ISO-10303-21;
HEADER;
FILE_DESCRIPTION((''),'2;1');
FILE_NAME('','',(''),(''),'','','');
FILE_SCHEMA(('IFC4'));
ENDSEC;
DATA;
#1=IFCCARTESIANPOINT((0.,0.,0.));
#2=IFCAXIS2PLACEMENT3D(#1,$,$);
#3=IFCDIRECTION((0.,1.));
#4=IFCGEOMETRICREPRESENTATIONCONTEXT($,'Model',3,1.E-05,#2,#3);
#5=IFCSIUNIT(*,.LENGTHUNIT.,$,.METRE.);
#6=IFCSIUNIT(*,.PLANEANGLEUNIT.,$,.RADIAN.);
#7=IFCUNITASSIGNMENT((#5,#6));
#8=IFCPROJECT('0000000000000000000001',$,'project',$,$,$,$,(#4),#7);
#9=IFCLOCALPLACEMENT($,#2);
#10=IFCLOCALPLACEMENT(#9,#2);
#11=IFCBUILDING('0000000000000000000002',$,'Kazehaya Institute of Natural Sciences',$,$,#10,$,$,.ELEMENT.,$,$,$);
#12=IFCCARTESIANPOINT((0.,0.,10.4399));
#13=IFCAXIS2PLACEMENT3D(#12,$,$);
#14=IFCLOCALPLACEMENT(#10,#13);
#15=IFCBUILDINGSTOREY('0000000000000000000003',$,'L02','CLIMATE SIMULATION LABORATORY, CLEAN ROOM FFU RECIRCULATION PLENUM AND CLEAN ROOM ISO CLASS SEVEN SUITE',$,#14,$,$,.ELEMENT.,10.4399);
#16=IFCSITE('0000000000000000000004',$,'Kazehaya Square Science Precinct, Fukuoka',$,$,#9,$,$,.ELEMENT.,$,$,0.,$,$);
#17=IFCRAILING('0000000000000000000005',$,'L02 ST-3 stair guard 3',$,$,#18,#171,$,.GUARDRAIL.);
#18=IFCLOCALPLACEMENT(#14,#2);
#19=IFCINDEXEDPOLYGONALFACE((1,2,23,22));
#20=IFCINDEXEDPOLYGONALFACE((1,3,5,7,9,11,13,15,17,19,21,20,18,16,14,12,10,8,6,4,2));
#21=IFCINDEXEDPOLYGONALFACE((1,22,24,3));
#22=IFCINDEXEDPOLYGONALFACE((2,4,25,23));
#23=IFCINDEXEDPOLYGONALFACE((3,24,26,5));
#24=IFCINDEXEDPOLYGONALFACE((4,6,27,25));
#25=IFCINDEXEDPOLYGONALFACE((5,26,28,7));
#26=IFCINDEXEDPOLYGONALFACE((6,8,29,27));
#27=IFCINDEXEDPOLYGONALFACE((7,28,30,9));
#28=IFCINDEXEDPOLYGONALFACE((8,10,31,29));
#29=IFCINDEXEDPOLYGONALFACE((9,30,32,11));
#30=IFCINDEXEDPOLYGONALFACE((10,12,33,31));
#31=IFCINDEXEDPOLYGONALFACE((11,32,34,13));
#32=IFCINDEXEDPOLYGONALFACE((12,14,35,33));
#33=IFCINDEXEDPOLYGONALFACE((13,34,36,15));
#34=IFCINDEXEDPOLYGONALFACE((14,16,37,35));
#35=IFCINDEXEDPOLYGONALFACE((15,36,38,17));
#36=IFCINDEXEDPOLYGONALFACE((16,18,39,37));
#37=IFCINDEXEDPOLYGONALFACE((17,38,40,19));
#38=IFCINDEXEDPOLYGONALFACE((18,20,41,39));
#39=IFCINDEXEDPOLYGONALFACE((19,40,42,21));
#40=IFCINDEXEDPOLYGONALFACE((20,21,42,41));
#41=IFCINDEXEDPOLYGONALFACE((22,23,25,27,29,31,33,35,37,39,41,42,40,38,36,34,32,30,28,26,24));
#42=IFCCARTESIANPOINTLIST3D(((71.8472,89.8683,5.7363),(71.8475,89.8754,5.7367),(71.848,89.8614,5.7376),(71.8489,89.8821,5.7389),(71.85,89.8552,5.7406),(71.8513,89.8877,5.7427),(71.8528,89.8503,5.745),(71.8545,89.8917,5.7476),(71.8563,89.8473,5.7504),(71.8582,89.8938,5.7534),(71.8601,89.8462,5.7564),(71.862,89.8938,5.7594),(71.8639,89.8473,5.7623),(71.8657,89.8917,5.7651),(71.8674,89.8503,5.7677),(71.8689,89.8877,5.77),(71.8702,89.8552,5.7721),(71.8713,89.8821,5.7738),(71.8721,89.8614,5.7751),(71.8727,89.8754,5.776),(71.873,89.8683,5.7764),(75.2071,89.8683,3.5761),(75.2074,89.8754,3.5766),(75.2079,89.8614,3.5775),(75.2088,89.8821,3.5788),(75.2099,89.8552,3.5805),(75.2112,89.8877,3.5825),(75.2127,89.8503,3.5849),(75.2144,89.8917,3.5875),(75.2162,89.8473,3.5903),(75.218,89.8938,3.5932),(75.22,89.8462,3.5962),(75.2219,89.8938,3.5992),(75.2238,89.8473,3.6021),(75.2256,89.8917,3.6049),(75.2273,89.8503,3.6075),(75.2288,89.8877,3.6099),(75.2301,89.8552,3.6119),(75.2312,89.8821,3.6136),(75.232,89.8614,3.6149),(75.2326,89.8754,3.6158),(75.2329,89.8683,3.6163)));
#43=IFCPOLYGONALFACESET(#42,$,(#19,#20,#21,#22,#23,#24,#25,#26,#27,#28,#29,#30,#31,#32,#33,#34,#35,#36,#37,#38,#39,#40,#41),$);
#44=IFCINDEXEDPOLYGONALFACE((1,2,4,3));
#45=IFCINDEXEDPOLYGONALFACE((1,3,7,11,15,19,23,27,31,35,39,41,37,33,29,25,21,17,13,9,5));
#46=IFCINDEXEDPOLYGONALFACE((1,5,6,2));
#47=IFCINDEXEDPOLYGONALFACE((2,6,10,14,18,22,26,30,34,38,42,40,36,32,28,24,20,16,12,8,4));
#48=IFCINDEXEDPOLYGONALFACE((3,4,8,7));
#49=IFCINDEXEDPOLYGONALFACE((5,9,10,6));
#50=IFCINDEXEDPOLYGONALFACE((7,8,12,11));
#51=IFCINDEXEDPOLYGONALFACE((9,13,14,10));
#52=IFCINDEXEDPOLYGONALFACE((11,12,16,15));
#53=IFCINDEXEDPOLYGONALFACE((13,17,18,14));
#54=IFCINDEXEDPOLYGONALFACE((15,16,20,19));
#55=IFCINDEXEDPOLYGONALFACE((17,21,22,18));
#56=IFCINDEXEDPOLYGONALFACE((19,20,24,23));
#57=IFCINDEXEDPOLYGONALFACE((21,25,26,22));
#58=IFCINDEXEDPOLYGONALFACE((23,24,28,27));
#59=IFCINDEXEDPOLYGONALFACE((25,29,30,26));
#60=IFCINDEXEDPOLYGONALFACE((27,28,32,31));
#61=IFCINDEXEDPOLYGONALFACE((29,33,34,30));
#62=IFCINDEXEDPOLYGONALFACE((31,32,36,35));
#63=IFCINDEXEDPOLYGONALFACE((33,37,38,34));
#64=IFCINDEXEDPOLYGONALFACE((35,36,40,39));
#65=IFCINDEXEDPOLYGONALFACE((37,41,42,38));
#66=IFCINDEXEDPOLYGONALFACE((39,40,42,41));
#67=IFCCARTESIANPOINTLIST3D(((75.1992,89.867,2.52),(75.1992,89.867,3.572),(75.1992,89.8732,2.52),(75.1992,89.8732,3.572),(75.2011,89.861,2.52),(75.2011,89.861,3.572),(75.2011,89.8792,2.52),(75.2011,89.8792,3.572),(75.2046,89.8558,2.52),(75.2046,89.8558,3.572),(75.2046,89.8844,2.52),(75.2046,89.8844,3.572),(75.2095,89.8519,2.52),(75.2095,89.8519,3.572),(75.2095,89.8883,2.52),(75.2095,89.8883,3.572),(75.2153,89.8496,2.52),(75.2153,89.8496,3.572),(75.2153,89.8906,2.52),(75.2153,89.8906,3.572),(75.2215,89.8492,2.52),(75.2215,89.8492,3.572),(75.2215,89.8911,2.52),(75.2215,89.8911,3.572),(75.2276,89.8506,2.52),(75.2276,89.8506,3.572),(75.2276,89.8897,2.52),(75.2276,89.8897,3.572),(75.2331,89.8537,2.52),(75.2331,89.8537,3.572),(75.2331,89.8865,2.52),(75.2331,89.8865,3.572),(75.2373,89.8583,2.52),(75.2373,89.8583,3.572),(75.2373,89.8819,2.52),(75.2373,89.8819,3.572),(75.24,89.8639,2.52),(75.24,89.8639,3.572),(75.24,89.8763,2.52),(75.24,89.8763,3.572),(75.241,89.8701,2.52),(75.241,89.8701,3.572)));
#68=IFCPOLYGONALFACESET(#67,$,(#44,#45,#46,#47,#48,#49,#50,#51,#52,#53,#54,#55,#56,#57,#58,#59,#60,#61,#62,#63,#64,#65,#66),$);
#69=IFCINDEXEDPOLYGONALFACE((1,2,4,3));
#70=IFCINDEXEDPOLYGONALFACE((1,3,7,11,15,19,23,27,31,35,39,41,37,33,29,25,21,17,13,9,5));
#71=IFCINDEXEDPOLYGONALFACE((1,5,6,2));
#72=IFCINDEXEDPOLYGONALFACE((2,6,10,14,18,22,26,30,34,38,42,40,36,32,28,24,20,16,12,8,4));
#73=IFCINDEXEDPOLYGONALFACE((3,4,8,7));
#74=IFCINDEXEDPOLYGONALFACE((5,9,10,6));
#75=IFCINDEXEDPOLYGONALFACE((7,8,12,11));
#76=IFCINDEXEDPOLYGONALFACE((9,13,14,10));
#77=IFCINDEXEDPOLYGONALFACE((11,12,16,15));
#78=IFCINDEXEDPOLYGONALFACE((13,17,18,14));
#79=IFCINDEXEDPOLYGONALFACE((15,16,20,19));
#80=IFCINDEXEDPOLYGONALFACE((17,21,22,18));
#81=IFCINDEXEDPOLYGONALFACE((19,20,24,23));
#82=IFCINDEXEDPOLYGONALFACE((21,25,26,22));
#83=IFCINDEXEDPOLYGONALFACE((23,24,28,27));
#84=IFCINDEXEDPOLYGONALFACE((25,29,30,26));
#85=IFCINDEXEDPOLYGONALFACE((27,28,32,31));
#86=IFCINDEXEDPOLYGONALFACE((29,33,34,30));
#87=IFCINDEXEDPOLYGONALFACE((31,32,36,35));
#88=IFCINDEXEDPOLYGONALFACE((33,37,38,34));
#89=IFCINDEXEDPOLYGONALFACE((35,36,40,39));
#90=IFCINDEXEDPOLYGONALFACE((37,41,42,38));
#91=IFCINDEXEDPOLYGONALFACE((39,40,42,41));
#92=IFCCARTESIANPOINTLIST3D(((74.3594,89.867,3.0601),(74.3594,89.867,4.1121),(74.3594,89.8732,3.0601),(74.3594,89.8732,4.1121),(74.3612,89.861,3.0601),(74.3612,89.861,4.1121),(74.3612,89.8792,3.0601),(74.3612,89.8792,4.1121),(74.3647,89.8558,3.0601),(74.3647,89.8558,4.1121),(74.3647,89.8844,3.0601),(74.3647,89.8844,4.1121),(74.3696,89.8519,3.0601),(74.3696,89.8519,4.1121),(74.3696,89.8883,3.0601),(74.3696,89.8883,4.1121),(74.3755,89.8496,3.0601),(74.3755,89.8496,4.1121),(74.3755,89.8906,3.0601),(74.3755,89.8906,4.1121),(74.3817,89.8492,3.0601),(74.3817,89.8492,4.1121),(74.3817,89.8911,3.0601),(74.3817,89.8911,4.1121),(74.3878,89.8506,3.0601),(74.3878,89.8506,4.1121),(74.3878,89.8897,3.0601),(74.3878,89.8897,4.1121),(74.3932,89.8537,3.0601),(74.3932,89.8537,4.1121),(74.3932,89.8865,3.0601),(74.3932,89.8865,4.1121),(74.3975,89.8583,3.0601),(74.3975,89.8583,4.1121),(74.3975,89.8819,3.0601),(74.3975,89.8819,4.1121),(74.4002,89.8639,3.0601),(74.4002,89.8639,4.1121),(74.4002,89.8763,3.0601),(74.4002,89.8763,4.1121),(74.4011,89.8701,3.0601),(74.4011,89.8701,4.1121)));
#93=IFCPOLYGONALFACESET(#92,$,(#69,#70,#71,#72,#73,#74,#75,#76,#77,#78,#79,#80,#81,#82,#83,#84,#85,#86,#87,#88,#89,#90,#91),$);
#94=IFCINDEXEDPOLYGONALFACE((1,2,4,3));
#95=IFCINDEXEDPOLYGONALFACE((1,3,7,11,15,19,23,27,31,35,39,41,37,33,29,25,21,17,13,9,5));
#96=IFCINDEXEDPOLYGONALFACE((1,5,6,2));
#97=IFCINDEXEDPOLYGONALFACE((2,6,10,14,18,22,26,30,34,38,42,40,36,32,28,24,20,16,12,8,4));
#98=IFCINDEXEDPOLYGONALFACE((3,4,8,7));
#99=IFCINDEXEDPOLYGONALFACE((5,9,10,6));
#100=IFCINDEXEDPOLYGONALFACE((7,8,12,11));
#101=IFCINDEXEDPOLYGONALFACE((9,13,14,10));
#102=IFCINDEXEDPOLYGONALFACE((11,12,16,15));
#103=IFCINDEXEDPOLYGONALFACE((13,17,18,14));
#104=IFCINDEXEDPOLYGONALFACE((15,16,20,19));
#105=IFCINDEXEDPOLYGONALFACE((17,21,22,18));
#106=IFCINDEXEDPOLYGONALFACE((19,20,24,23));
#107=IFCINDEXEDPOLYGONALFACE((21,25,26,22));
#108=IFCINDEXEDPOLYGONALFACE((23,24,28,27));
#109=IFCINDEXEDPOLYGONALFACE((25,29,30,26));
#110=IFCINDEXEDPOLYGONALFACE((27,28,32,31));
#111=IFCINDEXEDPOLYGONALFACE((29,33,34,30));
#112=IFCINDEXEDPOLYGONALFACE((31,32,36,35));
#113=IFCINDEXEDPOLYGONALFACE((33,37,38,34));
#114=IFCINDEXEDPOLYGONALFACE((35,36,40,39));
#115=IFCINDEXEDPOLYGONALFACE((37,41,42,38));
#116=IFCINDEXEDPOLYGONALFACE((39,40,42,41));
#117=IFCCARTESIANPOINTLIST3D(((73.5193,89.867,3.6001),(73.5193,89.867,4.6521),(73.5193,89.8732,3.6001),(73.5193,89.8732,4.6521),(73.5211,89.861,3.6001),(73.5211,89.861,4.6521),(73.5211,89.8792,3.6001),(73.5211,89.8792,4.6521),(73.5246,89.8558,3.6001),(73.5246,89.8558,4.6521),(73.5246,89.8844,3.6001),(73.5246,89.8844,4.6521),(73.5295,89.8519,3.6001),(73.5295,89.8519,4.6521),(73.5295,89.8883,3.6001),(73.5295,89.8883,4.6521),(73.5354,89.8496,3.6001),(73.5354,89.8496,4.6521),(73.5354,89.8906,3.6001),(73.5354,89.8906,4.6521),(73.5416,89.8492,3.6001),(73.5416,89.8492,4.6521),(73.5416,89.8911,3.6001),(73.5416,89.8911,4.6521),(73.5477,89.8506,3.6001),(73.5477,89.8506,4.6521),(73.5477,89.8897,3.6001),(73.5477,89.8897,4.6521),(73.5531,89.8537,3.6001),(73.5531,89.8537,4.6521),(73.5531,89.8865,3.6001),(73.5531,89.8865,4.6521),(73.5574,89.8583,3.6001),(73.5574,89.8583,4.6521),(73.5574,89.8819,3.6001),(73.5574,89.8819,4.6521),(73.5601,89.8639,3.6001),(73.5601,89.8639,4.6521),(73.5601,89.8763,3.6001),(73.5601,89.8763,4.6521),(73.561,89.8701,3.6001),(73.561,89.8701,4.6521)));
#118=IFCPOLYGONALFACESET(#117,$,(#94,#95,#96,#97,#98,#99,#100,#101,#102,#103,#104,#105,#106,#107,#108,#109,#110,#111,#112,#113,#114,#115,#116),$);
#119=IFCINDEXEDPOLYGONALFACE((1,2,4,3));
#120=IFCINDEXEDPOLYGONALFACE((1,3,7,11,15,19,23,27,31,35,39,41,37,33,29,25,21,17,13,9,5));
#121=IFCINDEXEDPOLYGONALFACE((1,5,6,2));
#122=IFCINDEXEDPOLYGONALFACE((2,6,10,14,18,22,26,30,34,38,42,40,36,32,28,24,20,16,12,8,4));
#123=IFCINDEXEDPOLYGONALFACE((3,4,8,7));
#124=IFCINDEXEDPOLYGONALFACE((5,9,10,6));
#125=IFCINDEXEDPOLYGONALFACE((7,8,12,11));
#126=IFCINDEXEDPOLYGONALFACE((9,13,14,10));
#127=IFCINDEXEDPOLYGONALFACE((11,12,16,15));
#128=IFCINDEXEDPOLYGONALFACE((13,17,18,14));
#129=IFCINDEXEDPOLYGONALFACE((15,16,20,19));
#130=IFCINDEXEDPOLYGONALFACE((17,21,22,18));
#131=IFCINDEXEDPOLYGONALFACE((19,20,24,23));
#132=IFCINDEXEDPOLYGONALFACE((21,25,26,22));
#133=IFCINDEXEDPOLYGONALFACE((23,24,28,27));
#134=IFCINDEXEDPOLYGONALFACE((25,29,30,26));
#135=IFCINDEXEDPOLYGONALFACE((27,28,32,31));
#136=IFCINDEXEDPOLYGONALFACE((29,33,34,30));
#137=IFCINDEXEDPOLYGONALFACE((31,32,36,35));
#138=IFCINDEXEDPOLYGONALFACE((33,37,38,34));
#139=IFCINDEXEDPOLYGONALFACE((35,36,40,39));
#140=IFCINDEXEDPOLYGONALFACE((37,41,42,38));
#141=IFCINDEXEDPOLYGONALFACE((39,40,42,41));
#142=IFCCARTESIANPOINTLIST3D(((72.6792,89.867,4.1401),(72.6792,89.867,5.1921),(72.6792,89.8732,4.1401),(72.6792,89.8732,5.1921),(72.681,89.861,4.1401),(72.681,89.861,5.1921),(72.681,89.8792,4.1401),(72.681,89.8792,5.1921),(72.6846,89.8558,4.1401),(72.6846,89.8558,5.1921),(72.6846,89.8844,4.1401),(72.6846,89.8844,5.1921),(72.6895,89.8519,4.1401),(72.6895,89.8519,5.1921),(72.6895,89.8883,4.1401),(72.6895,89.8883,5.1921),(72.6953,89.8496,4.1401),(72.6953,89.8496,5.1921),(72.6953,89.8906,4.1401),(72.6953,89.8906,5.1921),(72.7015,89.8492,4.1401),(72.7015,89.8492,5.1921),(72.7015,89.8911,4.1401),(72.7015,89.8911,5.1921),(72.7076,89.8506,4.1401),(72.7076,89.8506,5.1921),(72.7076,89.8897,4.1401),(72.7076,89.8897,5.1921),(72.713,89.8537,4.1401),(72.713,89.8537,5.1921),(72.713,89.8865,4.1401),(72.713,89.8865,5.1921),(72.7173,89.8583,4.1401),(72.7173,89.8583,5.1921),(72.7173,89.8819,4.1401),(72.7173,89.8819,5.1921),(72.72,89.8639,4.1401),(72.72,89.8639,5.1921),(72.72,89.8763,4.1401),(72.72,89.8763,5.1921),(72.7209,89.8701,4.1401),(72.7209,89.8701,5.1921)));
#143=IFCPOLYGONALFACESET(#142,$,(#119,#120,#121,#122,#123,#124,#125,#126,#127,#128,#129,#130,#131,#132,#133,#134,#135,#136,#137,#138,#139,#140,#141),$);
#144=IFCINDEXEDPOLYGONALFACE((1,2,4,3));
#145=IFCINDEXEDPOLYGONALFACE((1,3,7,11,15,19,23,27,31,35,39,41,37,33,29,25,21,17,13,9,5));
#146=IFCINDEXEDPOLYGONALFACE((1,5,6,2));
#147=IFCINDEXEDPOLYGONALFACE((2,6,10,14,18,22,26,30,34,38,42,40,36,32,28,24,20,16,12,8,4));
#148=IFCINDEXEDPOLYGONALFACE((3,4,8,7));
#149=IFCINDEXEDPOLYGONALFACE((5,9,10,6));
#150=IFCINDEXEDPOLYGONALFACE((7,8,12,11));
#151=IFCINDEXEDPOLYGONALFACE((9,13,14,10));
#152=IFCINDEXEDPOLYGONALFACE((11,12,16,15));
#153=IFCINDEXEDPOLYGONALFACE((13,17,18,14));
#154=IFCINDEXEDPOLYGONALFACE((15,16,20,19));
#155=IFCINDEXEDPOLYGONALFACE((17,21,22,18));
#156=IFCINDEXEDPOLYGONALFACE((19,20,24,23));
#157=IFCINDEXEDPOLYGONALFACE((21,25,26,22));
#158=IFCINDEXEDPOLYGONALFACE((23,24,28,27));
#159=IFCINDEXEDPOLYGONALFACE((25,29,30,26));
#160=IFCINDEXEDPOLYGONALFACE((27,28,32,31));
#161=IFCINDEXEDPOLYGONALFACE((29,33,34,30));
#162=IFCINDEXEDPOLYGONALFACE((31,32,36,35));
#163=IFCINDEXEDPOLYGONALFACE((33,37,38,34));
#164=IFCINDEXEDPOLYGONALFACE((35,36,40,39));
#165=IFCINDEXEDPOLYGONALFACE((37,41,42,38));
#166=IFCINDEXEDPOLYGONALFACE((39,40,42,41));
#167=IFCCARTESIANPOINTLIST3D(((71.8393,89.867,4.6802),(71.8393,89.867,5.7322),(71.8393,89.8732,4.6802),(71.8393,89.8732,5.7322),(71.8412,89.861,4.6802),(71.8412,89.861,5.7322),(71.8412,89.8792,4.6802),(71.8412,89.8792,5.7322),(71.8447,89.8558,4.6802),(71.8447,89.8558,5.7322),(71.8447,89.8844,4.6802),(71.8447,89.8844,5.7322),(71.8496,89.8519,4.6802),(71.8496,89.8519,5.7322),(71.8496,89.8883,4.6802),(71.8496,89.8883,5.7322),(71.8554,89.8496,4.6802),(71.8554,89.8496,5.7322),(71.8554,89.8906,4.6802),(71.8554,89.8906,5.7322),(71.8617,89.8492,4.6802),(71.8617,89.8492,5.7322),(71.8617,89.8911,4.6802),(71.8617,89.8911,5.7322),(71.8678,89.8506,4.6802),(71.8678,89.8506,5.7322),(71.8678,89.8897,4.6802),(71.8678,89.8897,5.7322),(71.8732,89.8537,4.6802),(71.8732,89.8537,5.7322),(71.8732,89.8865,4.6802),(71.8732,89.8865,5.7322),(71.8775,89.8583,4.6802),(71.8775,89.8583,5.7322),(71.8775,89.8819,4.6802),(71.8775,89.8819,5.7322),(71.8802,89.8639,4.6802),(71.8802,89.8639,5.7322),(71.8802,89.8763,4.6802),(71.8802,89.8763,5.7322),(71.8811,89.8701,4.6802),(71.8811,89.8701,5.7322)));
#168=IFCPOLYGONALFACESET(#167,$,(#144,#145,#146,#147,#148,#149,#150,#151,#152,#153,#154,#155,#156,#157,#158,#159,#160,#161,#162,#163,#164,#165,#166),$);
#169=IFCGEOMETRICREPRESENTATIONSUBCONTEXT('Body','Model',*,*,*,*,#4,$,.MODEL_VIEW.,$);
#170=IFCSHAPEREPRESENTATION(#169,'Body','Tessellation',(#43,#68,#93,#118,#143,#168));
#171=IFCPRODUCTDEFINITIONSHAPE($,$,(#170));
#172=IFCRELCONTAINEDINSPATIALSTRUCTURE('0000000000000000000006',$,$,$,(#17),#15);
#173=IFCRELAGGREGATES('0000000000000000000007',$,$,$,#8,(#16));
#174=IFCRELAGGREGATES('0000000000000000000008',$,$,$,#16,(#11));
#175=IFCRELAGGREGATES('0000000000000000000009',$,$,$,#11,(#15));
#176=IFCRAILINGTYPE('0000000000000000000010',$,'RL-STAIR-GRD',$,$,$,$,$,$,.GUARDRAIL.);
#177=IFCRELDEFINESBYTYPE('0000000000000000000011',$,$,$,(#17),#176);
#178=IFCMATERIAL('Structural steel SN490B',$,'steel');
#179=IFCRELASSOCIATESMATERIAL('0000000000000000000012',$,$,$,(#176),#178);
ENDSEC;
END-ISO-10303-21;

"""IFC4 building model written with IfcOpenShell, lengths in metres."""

from ifc_helpers import new_model, si_unit, direction, frame, origin, origin_2d, place, context, subcontext, project, spatial, circle, extrude, material, type_object, element, save


model = new_model("IFC4")

# Units and contexts
model_context = context("Model", 3, precision=1e-05, world=origin(), true_north=direction((0.0, 1.0)))
body_context = subcontext(model_context, "Body", "Model", "MODEL_VIEW")
ifc_project = project(units=[si_unit("LENGTHUNIT", "METRE"), si_unit("PLANEANGLEUNIT", "RADIAN")], contexts=[model_context])

# Site, building, storey
site_placement = place(None, origin())
site = spatial("IfcSite", under=ifc_project, at=site_placement, Name="Kazehaya Square Science Precinct, Fukuoka", CompositionType="ELEMENT", RefElevation=0.0)
building_placement = place(site_placement, origin())
building = spatial("IfcBuilding", under=site, at=building_placement, Name="Kazehaya Institute of Natural Sciences", CompositionType="ELEMENT")
storey_placement = place(building_placement, frame((0.0, 0.0, 10.4399)))
storey = spatial("IfcBuildingStorey", under=building, at=storey_placement, Name="L02", Description="CLIMATE SIMULATION LABORATORY, CLEAN ROOM FFU RECIRCULATION PLENUM AND CLEAN ROOM ISO CLASS SEVEN SUITE", CompositionType="ELEMENT", Elevation=10.4399)

# Railing
ifc_material_1 = material(Name="Structural steel SN490B", Category="steel")
railing_type = type_object("IfcRailingType", Name="RL-STAIR-GRD", PredefinedType="GUARDRAIL", material=ifc_material_1)
railing_placement = place(storey_placement, frame((75.22, 89.8701, 2.52)))
element("IfcRailing", 1, at=railing_placement, inside=storey, type_object=railing_type, Name="L02 ST-3 stair guard 3", PredefinedType="GUARDRAIL", context=body_context, shape_type="SweptSolid", body=[
    extrude(circle(Radius=0.0239, at=origin_2d()), frame((0.0, 0.0, 1.0762), z_axis=(-0.841151, 0.0, 0.540801), x_axis=(0.0, -1.0, 0.0)), (0.0, 0.0, 1.0), 3.9944),
    extrude(circle(Radius=0.021, at=origin_2d()), origin(), (0.0, 0.0, 1.0), 1.052),
    extrude(circle(Radius=0.021, at=origin_2d()), frame((-0.8398, 0.0, 0.54)), (0.0, 0.0, 1.0), 1.052),
    extrude(circle(Radius=0.021, at=origin_2d()), frame((-1.6799, 0.0, 1.0801)), (0.0, 0.0, 1.0), 1.052),
    extrude(circle(Radius=0.021, at=origin_2d()), frame((-2.52, 0.0, 1.6201)), (0.0, 0.0, 1.0), 1.052),
    extrude(circle(Radius=0.021, at=origin_2d()), frame((-3.3599, 0.0, 2.1602)), (0.0, 0.0, 1.0), 1.052),
])

save(model, "model.ifc")
